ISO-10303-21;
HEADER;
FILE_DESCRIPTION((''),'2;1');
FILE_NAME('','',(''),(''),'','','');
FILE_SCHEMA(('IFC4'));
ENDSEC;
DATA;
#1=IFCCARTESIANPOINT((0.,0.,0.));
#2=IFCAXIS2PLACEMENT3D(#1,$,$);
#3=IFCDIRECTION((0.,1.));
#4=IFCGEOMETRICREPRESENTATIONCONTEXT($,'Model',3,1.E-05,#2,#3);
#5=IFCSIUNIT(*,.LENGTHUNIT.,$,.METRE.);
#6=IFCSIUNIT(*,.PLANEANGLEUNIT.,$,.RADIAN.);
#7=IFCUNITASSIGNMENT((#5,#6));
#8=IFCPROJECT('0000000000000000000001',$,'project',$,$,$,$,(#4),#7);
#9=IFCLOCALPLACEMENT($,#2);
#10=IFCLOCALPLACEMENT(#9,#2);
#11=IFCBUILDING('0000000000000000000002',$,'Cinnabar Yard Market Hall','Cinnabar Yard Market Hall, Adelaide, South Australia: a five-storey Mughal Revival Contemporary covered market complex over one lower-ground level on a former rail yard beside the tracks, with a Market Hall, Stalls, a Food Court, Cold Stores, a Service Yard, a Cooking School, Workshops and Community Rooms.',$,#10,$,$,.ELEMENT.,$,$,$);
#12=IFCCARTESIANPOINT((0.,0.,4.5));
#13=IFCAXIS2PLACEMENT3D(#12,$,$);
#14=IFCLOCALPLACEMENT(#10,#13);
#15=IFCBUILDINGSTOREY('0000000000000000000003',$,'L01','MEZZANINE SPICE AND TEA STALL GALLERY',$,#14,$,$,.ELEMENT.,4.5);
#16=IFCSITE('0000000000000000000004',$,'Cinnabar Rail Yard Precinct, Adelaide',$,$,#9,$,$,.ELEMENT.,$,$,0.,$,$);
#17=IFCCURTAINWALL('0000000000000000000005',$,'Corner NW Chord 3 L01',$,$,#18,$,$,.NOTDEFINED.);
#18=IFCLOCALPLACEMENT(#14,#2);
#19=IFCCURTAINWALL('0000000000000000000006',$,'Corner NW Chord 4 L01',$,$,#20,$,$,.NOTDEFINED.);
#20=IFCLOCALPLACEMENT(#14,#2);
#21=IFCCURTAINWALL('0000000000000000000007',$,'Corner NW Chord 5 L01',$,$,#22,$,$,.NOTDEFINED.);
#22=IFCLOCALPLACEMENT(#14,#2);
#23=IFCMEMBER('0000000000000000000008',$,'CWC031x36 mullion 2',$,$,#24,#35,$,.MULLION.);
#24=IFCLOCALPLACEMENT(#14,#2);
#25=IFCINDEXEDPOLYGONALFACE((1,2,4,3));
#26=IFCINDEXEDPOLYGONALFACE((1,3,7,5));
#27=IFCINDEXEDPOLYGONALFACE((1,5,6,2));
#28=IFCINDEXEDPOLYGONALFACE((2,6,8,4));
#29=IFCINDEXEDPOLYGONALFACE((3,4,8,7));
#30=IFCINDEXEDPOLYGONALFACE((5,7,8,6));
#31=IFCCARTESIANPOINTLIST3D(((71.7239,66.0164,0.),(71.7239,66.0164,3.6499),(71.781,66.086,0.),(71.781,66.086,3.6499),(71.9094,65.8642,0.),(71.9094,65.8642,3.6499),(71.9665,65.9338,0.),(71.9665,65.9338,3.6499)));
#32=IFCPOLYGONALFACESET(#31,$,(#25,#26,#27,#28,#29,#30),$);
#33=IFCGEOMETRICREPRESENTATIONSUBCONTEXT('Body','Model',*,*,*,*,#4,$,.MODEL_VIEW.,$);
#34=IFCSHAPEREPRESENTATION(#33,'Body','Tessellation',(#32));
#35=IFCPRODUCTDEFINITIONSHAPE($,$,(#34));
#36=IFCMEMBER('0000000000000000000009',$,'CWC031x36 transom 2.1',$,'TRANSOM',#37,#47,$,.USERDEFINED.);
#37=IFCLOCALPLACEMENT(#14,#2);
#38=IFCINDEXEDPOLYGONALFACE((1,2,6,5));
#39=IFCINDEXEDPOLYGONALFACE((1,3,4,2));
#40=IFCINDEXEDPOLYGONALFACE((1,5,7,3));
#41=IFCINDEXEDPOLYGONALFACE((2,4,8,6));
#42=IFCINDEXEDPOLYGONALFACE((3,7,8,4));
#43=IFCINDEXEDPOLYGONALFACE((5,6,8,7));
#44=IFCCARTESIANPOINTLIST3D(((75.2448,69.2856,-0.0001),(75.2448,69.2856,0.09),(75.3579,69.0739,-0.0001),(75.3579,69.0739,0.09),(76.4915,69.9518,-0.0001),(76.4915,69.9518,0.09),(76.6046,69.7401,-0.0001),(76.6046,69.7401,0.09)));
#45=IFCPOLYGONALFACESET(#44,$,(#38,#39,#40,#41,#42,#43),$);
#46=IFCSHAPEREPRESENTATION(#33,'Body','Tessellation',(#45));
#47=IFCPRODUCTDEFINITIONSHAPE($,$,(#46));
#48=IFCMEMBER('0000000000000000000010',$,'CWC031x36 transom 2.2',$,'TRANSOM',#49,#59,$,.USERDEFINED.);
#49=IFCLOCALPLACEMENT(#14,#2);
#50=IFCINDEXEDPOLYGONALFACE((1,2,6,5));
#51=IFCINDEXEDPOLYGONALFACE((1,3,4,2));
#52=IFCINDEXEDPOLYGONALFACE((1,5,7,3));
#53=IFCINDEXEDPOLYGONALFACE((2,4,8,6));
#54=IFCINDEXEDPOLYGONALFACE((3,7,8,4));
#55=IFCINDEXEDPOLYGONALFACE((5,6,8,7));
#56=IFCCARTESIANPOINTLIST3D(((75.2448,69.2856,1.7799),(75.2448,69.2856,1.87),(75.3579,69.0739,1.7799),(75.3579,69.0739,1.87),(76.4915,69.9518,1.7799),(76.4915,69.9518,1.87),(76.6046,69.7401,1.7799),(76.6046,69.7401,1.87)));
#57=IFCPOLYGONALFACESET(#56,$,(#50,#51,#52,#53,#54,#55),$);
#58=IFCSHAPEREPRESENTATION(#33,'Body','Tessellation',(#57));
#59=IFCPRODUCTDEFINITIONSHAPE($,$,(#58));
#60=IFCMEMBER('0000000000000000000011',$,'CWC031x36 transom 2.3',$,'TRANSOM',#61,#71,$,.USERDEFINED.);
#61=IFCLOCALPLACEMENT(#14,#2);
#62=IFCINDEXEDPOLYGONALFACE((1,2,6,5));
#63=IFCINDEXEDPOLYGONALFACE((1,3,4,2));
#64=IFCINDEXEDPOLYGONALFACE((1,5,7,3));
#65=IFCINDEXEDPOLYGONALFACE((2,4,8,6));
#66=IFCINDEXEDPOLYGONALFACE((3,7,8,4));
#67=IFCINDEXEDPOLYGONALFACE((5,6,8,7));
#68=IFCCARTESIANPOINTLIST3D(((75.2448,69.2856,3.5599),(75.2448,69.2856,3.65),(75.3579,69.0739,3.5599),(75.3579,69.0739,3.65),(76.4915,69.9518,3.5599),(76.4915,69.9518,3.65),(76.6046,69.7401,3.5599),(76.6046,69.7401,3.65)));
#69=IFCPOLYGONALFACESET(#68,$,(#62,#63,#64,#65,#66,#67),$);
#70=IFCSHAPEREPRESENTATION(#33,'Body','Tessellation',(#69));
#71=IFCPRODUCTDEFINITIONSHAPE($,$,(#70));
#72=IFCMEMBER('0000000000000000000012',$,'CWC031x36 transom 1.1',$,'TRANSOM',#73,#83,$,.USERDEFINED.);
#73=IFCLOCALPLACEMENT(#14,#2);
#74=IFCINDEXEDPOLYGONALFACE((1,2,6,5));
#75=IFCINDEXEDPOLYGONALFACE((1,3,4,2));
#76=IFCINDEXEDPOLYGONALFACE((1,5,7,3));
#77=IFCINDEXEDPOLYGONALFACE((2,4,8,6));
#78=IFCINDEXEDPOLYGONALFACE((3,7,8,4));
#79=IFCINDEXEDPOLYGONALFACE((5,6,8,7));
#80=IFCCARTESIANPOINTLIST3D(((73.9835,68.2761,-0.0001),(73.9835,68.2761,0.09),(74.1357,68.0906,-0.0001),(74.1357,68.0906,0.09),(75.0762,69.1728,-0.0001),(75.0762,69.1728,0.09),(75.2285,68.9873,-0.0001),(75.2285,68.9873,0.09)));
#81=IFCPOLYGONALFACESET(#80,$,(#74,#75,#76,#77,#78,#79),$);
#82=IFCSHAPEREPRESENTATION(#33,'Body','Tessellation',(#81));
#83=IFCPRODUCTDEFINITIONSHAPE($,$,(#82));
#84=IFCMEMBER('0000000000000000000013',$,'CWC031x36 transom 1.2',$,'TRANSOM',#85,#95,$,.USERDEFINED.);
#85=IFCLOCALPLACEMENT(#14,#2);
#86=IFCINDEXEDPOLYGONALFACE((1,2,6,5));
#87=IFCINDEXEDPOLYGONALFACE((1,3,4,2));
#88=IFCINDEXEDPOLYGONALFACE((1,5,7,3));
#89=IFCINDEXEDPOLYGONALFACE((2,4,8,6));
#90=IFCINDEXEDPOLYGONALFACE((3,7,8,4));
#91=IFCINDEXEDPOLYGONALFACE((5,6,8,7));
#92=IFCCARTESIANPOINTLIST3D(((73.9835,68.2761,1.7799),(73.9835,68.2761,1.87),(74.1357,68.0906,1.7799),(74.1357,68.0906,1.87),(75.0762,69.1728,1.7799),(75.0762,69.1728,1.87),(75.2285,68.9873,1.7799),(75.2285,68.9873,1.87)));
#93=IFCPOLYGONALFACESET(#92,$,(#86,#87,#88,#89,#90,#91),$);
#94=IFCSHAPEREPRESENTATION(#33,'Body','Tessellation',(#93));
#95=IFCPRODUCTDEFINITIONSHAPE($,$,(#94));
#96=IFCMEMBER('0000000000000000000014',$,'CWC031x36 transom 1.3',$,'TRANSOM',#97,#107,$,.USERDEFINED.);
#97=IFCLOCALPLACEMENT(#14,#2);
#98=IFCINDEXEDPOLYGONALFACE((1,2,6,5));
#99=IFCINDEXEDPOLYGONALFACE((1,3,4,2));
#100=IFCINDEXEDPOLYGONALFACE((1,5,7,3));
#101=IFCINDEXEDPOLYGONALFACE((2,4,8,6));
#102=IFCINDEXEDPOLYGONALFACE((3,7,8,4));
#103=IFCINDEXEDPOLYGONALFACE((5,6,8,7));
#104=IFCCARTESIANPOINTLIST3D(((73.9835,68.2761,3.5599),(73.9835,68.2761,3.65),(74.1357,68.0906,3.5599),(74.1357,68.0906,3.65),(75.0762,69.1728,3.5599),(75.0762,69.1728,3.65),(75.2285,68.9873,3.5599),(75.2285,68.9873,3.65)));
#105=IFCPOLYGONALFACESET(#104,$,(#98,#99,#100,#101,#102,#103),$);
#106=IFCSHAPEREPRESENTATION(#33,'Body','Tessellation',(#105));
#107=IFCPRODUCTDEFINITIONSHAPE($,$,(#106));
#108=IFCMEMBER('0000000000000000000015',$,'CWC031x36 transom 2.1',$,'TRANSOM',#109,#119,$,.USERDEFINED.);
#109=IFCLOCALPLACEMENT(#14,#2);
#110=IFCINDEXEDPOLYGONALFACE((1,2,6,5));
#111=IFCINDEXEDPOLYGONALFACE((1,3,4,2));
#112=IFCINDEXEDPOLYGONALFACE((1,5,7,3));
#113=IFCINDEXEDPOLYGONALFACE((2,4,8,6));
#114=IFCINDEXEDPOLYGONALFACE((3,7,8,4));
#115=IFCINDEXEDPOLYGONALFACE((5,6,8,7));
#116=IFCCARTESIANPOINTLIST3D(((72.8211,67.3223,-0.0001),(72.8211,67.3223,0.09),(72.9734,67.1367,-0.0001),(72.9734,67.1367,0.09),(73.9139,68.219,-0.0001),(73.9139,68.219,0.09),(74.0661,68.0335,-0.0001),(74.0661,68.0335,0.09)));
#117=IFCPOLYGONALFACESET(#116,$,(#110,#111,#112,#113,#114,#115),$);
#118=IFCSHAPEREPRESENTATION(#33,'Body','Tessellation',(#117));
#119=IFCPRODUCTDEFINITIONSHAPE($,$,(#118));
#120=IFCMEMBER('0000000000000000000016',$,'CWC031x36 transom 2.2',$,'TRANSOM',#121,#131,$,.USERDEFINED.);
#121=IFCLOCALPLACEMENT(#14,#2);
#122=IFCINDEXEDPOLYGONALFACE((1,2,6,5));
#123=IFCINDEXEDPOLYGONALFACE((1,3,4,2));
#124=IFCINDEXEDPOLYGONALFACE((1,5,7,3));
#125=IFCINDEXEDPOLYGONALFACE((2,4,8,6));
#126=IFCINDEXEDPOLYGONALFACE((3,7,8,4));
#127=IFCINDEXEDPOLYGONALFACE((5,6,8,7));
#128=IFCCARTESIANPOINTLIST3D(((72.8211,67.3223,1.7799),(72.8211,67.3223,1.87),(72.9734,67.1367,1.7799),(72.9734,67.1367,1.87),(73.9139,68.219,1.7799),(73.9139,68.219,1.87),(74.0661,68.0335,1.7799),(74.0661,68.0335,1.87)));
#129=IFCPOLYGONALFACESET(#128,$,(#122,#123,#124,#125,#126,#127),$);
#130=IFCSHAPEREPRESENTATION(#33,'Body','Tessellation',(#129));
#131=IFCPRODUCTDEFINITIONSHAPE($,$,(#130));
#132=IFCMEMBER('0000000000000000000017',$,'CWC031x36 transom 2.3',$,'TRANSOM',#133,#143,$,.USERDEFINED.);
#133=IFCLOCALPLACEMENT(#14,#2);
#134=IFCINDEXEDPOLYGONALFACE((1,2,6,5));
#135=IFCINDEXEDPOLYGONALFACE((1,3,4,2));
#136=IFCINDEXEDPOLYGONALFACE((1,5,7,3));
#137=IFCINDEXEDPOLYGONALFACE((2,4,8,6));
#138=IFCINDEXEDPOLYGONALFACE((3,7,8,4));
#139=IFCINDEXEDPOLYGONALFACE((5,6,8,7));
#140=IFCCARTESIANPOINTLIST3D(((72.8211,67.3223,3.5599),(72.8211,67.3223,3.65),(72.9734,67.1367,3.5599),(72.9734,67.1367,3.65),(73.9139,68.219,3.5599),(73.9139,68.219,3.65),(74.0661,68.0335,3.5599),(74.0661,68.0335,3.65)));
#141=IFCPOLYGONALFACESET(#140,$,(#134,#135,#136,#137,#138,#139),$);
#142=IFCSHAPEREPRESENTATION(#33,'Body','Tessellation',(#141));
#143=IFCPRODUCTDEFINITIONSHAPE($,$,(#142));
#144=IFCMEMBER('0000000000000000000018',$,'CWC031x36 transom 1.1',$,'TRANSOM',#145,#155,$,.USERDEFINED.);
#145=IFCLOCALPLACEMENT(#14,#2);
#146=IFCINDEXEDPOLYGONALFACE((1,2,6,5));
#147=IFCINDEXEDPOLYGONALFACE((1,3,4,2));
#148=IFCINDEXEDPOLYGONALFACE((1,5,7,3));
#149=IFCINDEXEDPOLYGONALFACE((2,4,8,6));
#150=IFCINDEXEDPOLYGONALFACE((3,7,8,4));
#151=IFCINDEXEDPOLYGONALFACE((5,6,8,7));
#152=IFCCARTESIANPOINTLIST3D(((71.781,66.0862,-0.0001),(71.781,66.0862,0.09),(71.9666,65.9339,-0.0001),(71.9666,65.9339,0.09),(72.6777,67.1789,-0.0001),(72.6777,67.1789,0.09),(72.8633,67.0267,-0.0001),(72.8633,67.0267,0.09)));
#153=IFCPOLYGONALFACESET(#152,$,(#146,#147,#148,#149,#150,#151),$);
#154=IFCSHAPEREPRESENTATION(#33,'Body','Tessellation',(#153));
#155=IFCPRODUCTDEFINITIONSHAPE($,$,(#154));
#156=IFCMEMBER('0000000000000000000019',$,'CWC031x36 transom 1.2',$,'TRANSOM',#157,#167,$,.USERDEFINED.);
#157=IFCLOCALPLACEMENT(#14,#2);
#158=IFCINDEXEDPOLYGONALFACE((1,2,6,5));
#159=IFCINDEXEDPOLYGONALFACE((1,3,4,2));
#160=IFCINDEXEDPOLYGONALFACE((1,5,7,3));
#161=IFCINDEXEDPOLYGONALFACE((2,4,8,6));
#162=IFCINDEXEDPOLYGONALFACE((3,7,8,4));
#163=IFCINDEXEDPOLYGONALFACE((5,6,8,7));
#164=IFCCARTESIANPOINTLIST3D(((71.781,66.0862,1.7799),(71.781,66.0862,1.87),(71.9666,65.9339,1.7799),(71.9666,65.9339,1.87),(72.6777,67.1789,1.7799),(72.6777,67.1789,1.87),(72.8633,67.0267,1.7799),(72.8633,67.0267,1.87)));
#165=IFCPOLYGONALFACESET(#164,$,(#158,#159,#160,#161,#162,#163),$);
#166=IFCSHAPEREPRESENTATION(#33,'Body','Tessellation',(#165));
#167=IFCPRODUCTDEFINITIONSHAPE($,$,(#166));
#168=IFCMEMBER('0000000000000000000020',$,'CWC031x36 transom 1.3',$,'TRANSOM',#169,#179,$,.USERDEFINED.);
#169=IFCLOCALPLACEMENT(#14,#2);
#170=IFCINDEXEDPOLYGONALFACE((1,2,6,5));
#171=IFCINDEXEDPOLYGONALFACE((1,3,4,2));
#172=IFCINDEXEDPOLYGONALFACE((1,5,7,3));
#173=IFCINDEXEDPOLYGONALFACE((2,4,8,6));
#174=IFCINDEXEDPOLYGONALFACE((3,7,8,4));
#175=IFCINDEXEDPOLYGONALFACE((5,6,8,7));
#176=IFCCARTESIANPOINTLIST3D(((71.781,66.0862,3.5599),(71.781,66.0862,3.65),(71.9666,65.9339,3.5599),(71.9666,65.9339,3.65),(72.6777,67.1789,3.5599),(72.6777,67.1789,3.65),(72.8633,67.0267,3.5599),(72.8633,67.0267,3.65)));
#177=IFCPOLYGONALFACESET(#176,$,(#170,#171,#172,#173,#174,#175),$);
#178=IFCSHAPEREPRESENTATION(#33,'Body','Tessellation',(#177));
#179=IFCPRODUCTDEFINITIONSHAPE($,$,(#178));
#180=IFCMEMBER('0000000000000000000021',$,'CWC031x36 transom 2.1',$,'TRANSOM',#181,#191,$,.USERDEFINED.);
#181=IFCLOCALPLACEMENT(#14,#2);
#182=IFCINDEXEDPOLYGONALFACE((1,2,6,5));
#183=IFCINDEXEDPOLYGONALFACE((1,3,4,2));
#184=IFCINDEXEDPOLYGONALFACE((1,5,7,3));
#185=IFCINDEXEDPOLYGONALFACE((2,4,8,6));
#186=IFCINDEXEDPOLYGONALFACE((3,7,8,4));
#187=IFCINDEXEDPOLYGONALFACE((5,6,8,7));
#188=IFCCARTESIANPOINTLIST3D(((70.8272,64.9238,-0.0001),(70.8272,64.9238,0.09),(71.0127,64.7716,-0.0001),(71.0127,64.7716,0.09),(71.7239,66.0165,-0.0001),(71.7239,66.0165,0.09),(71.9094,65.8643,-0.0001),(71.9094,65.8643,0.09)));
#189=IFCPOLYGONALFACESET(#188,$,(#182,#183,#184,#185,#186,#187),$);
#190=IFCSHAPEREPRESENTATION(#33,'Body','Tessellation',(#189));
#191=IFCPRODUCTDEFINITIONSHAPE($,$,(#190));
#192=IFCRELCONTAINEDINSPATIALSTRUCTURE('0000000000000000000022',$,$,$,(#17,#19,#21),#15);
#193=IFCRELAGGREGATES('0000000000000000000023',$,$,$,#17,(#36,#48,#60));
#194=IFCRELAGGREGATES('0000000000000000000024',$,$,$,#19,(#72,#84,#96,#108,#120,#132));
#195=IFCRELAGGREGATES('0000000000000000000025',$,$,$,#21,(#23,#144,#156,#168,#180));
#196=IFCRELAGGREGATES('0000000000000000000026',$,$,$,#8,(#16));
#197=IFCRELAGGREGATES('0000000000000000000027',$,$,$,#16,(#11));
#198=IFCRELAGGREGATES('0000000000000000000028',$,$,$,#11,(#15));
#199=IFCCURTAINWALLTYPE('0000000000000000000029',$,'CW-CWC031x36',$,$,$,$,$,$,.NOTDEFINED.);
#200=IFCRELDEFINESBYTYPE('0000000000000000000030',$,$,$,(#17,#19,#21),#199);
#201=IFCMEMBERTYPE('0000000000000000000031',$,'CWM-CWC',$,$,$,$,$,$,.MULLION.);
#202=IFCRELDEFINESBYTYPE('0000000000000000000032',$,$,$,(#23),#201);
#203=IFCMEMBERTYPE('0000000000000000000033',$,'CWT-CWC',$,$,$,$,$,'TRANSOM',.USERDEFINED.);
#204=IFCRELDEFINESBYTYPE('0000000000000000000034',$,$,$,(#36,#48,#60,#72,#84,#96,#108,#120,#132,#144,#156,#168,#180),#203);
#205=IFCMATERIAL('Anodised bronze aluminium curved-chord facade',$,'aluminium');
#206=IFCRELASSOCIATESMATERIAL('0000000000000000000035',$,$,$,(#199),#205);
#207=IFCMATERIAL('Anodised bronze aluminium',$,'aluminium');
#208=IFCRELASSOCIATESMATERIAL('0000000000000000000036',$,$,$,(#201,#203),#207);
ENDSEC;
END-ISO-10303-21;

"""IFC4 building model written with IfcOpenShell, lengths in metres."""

from ifc_helpers import new_model, si_unit, direction, frame, origin, origin_2d_with_axis, place, context, subcontext, project, spatial, rectangle, extrude, material, material_profile, profile_set, type_object, element, aggregate, save


model = new_model("IFC4")

# Units and contexts
model_context = context("Model", 3, precision=1e-05, world=origin(), true_north=direction((0.0, 1.0)))
body_context = subcontext(model_context, "Body", "Model", "MODEL_VIEW")
ifc_project = project(units=[si_unit("LENGTHUNIT", "METRE"), si_unit("PLANEANGLEUNIT", "RADIAN")], contexts=[model_context])

# Site, building, storey
site_placement = place(None, origin())
site = spatial("IfcSite", under=ifc_project, at=site_placement, Name="Cinnabar Rail Yard Precinct, Adelaide", CompositionType="ELEMENT", RefElevation=0.0)
building_placement = place(site_placement, origin())
building = spatial("IfcBuilding", under=site, at=building_placement, Name="Cinnabar Yard Market Hall", Description="Cinnabar Yard Market Hall, Adelaide, South Australia: a five-storey Mughal Revival Contemporary covered market complex over one lower-ground level on a former rail yard beside the tracks, with a Market Hall, Stalls, a Food Court, Cold Stores, a Service Yard, a Cooking School, Workshops and Community Rooms.", CompositionType="ELEMENT")
storey_placement = place(building_placement, frame((0.0, 0.0, 4.5)))
storey = spatial("IfcBuildingStorey", under=building, at=storey_placement, Name="L01", Description="MEZZANINE SPICE AND TEA STALL GALLERY", CompositionType="ELEMENT", Elevation=4.5)

# Curtain walls, member
ifc_material_1 = material(Name="Anodised bronze aluminium curved-chord facade", Category="aluminium")
curtain_wall_type = type_object("IfcCurtainWallType", Name="CW-CWC031x36", PredefinedType="NOTDEFINED", material=ifc_material_1)
curtain_wall_1_placement = place(storey_placement, origin())
curtain_wall_1 = element("IfcCurtainWall", 1, at=curtain_wall_1_placement, inside=storey, type_object=curtain_wall_type, Name="Corner NW Chord 3 L01", PredefinedType="NOTDEFINED")
ifc_material_2 = material(Name="Anodised bronze aluminium", Category="aluminium")
ifc_material_profile_1 = material_profile(ifc_material_2, rectangle(XDim=0.24, YDim=0.0901, at=origin_2d_with_axis()), Name="MUL-CWC")
ifc_profile_set_1 = profile_set([ifc_material_profile_1], Name="Anodised bronze aluminium")
member_type_1 = type_object("IfcMemberType", Name="CWM-CWC", PredefinedType="MULLION", material=ifc_profile_set_1)
curtain_wall_2_placement = place(storey_placement, origin())
curtain_wall_2 = element("IfcCurtainWall", 2, at=curtain_wall_2_placement, inside=storey, type_object=curtain_wall_type, Name="Corner NW Chord 4 L01", PredefinedType="NOTDEFINED")
curtain_wall_3_placement = place(storey_placement, origin())
curtain_wall_3 = element("IfcCurtainWall", 3, at=curtain_wall_3_placement, inside=storey, type_object=curtain_wall_type, Name="Corner NW Chord 5 L01", PredefinedType="NOTDEFINED")
member_1_placement = place(storey_placement, frame((71.8452, 65.9751, 0.0), z_axis=(0.0, 0.0, 1.0), x_axis=(0.773019, -0.634383, 0.0)))
member_1 = element("IfcMember", 4, at=member_1_placement, type_object=member_type_1, Name="CWC031x36 mullion 2", PredefinedType="MULLION", context=body_context, shape_type="SweptSolid", body=[
    extrude(rectangle(XDim=0.24, YDim=0.0901, at=origin_2d_with_axis()), origin(), (0.0, 0.0, 1.0), 3.6499),
])

# Members
ifc_material_profile_2 = material_profile(ifc_material_2, rectangle(XDim=0.24, YDim=0.0901, at=origin_2d_with_axis()), Name="TRN-CWC")
ifc_profile_set_2 = profile_set([ifc_material_profile_2], Name="Anodised bronze aluminium")
member_type_2 = type_object("IfcMemberType", Name="CWT-CWC", ElementType="TRANSOM", PredefinedType="USERDEFINED", material=ifc_profile_set_2)
member_2_placement = place(storey_placement, frame((76.5481, 69.8459, 0.0449), z_axis=(-0.881975, -0.471296, 0.0), x_axis=(0.471296, -0.881975, 0.0)))
member_2 = element("IfcMember", 5, at=member_2_placement, type_object=member_type_2, Name="CWC031x36 transom 2.1", ObjectType="TRANSOM", PredefinedType="USERDEFINED", context=body_context, shape_type="SweptSolid", body=[
    extrude(rectangle(XDim=0.24, YDim=0.0901, at=origin_2d_with_axis()), origin(), (0.0, 0.0, 1.0), 1.4136),
])
member_3_placement = place(storey_placement, frame((76.5481, 69.8459, 1.825), z_axis=(-0.881975, -0.471296, 0.0), x_axis=(0.471296, -0.881975, 0.0)))
member_3 = element("IfcMember", 6, at=member_3_placement, type_object=member_type_2, Name="CWC031x36 transom 2.2", ObjectType="TRANSOM", PredefinedType="USERDEFINED", context=body_context, shape_type="SweptSolid", body=[
    extrude(rectangle(XDim=0.24, YDim=0.0901, at=origin_2d_with_axis()), origin(), (0.0, 0.0, 1.0), 1.4136),
])
member_4_placement = place(storey_placement, frame((76.5481, 69.8459, 3.605), z_axis=(-0.881975, -0.471296, 0.0), x_axis=(0.471296, -0.881975, 0.0)))
member_4 = element("IfcMember", 7, at=member_4_placement, type_object=member_type_2, Name="CWC031x36 transom 2.3", ObjectType="TRANSOM", PredefinedType="USERDEFINED", context=body_context, shape_type="SweptSolid", body=[
    extrude(rectangle(XDim=0.24, YDim=0.0901, at=origin_2d_with_axis()), origin(), (0.0, 0.0, 1.0), 1.4136),
])
member_5_placement = place(storey_placement, frame((75.1523, 69.0801, 0.0449), z_axis=(-0.773041, -0.634356, 0.0), x_axis=(0.634356, -0.773041, 0.0)))
member_5 = element("IfcMember", 8, at=member_5_placement, type_object=member_type_2, Name="CWC031x36 transom 1.1", ObjectType="TRANSOM", PredefinedType="USERDEFINED", context=body_context, shape_type="SweptSolid", body=[
    extrude(rectangle(XDim=0.24, YDim=0.0901, at=origin_2d_with_axis()), origin(), (0.0, 0.0, 1.0), 1.4136),
])
member_6_placement = place(storey_placement, frame((75.1523, 69.0801, 1.825), z_axis=(-0.773041, -0.634356, 0.0), x_axis=(0.634356, -0.773041, 0.0)))
member_6 = element("IfcMember", 9, at=member_6_placement, type_object=member_type_2, Name="CWC031x36 transom 1.2", ObjectType="TRANSOM", PredefinedType="USERDEFINED", context=body_context, shape_type="SweptSolid", body=[
    extrude(rectangle(XDim=0.24, YDim=0.0901, at=origin_2d_with_axis()), origin(), (0.0, 0.0, 1.0), 1.4136),
])
member_7_placement = place(storey_placement, frame((75.1523, 69.0801, 3.605), z_axis=(-0.773041, -0.634356, 0.0), x_axis=(0.634356, -0.773041, 0.0)))
member_7 = element("IfcMember", 10, at=member_7_placement, type_object=member_type_2, Name="CWC031x36 transom 1.3", ObjectType="TRANSOM", PredefinedType="USERDEFINED", context=body_context, shape_type="SweptSolid", body=[
    extrude(rectangle(XDim=0.24, YDim=0.0901, at=origin_2d_with_axis()), origin(), (0.0, 0.0, 1.0), 1.4136),
])
member_8_placement = place(storey_placement, frame((73.99, 68.1262, 0.0449), z_axis=(-0.773041, -0.634356, 0.0), x_axis=(0.634356, -0.773041, 0.0)))
member_8 = element("IfcMember", 11, at=member_8_placement, type_object=member_type_2, Name="CWC031x36 transom 2.1", ObjectType="TRANSOM", PredefinedType="USERDEFINED", context=body_context, shape_type="SweptSolid", body=[
    extrude(rectangle(XDim=0.24, YDim=0.0901, at=origin_2d_with_axis()), origin(), (0.0, 0.0, 1.0), 1.4136),
])
member_9_placement = place(storey_placement, frame((73.99, 68.1262, 1.825), z_axis=(-0.773041, -0.634356, 0.0), x_axis=(0.634356, -0.773041, 0.0)))
member_9 = element("IfcMember", 12, at=member_9_placement, type_object=member_type_2, Name="CWC031x36 transom 2.2", ObjectType="TRANSOM", PredefinedType="USERDEFINED", context=body_context, shape_type="SweptSolid", body=[
    extrude(rectangle(XDim=0.24, YDim=0.0901, at=origin_2d_with_axis()), origin(), (0.0, 0.0, 1.0), 1.4136),
])
member_10_placement = place(storey_placement, frame((73.99, 68.1262, 3.605), z_axis=(-0.773041, -0.634356, 0.0), x_axis=(0.634356, -0.773041, 0.0)))
member_10 = element("IfcMember", 13, at=member_10_placement, type_object=member_type_2, Name="CWC031x36 transom 2.3", ObjectType="TRANSOM", PredefinedType="USERDEFINED", context=body_context, shape_type="SweptSolid", body=[
    extrude(rectangle(XDim=0.24, YDim=0.0901, at=origin_2d_with_axis()), origin(), (0.0, 0.0, 1.0), 1.4136),
])
member_11_placement = place(storey_placement, frame((72.7705, 67.1028, 0.0449), z_axis=(-0.634356, -0.773041, 0.0), x_axis=(0.773041, -0.634356, 0.0)))
member_11 = element("IfcMember", 14, at=member_11_placement, type_object=member_type_2, Name="CWC031x36 transom 1.1", ObjectType="TRANSOM", PredefinedType="USERDEFINED", context=body_context, shape_type="SweptSolid", body=[
    extrude(rectangle(XDim=0.24, YDim=0.0901, at=origin_2d_with_axis()), origin(), (0.0, 0.0, 1.0), 1.4136),
])
member_12_placement = place(storey_placement, frame((72.7705, 67.1028, 1.825), z_axis=(-0.634356, -0.773041, 0.0), x_axis=(0.773041, -0.634356, 0.0)))
member_12 = element("IfcMember", 15, at=member_12_placement, type_object=member_type_2, Name="CWC031x36 transom 1.2", ObjectType="TRANSOM", PredefinedType="USERDEFINED", context=body_context, shape_type="SweptSolid", body=[
    extrude(rectangle(XDim=0.24, YDim=0.0901, at=origin_2d_with_axis()), origin(), (0.0, 0.0, 1.0), 1.4136),
])
member_13_placement = place(storey_placement, frame((72.7705, 67.1028, 3.605), z_axis=(-0.634356, -0.773041, 0.0), x_axis=(0.773041, -0.634356, 0.0)))
member_13 = element("IfcMember", 16, at=member_13_placement, type_object=member_type_2, Name="CWC031x36 transom 1.3", ObjectType="TRANSOM", PredefinedType="USERDEFINED", context=body_context, shape_type="SweptSolid", body=[
    extrude(rectangle(XDim=0.24, YDim=0.0901, at=origin_2d_with_axis()), origin(), (0.0, 0.0, 1.0), 1.4136),
])
member_14_placement = place(storey_placement, frame((71.8167, 65.9404, 0.0449), z_axis=(-0.634356, -0.773041, 0.0), x_axis=(0.773041, -0.634356, 0.0)))
member_14 = element("IfcMember", 17, at=member_14_placement, type_object=member_type_2, Name="CWC031x36 transom 2.1", ObjectType="TRANSOM", PredefinedType="USERDEFINED", context=body_context, shape_type="SweptSolid", body=[
    extrude(rectangle(XDim=0.24, YDim=0.0901, at=origin_2d_with_axis()), origin(), (0.0, 0.0, 1.0), 1.4136),
])

aggregate(curtain_wall_1, [member_2, member_3, member_4])
aggregate(curtain_wall_2, [member_5, member_6, member_7, member_8, member_9, member_10])
aggregate(curtain_wall_3, [member_1, member_11, member_12, member_13, member_14])

save(model, "model.ifc")
